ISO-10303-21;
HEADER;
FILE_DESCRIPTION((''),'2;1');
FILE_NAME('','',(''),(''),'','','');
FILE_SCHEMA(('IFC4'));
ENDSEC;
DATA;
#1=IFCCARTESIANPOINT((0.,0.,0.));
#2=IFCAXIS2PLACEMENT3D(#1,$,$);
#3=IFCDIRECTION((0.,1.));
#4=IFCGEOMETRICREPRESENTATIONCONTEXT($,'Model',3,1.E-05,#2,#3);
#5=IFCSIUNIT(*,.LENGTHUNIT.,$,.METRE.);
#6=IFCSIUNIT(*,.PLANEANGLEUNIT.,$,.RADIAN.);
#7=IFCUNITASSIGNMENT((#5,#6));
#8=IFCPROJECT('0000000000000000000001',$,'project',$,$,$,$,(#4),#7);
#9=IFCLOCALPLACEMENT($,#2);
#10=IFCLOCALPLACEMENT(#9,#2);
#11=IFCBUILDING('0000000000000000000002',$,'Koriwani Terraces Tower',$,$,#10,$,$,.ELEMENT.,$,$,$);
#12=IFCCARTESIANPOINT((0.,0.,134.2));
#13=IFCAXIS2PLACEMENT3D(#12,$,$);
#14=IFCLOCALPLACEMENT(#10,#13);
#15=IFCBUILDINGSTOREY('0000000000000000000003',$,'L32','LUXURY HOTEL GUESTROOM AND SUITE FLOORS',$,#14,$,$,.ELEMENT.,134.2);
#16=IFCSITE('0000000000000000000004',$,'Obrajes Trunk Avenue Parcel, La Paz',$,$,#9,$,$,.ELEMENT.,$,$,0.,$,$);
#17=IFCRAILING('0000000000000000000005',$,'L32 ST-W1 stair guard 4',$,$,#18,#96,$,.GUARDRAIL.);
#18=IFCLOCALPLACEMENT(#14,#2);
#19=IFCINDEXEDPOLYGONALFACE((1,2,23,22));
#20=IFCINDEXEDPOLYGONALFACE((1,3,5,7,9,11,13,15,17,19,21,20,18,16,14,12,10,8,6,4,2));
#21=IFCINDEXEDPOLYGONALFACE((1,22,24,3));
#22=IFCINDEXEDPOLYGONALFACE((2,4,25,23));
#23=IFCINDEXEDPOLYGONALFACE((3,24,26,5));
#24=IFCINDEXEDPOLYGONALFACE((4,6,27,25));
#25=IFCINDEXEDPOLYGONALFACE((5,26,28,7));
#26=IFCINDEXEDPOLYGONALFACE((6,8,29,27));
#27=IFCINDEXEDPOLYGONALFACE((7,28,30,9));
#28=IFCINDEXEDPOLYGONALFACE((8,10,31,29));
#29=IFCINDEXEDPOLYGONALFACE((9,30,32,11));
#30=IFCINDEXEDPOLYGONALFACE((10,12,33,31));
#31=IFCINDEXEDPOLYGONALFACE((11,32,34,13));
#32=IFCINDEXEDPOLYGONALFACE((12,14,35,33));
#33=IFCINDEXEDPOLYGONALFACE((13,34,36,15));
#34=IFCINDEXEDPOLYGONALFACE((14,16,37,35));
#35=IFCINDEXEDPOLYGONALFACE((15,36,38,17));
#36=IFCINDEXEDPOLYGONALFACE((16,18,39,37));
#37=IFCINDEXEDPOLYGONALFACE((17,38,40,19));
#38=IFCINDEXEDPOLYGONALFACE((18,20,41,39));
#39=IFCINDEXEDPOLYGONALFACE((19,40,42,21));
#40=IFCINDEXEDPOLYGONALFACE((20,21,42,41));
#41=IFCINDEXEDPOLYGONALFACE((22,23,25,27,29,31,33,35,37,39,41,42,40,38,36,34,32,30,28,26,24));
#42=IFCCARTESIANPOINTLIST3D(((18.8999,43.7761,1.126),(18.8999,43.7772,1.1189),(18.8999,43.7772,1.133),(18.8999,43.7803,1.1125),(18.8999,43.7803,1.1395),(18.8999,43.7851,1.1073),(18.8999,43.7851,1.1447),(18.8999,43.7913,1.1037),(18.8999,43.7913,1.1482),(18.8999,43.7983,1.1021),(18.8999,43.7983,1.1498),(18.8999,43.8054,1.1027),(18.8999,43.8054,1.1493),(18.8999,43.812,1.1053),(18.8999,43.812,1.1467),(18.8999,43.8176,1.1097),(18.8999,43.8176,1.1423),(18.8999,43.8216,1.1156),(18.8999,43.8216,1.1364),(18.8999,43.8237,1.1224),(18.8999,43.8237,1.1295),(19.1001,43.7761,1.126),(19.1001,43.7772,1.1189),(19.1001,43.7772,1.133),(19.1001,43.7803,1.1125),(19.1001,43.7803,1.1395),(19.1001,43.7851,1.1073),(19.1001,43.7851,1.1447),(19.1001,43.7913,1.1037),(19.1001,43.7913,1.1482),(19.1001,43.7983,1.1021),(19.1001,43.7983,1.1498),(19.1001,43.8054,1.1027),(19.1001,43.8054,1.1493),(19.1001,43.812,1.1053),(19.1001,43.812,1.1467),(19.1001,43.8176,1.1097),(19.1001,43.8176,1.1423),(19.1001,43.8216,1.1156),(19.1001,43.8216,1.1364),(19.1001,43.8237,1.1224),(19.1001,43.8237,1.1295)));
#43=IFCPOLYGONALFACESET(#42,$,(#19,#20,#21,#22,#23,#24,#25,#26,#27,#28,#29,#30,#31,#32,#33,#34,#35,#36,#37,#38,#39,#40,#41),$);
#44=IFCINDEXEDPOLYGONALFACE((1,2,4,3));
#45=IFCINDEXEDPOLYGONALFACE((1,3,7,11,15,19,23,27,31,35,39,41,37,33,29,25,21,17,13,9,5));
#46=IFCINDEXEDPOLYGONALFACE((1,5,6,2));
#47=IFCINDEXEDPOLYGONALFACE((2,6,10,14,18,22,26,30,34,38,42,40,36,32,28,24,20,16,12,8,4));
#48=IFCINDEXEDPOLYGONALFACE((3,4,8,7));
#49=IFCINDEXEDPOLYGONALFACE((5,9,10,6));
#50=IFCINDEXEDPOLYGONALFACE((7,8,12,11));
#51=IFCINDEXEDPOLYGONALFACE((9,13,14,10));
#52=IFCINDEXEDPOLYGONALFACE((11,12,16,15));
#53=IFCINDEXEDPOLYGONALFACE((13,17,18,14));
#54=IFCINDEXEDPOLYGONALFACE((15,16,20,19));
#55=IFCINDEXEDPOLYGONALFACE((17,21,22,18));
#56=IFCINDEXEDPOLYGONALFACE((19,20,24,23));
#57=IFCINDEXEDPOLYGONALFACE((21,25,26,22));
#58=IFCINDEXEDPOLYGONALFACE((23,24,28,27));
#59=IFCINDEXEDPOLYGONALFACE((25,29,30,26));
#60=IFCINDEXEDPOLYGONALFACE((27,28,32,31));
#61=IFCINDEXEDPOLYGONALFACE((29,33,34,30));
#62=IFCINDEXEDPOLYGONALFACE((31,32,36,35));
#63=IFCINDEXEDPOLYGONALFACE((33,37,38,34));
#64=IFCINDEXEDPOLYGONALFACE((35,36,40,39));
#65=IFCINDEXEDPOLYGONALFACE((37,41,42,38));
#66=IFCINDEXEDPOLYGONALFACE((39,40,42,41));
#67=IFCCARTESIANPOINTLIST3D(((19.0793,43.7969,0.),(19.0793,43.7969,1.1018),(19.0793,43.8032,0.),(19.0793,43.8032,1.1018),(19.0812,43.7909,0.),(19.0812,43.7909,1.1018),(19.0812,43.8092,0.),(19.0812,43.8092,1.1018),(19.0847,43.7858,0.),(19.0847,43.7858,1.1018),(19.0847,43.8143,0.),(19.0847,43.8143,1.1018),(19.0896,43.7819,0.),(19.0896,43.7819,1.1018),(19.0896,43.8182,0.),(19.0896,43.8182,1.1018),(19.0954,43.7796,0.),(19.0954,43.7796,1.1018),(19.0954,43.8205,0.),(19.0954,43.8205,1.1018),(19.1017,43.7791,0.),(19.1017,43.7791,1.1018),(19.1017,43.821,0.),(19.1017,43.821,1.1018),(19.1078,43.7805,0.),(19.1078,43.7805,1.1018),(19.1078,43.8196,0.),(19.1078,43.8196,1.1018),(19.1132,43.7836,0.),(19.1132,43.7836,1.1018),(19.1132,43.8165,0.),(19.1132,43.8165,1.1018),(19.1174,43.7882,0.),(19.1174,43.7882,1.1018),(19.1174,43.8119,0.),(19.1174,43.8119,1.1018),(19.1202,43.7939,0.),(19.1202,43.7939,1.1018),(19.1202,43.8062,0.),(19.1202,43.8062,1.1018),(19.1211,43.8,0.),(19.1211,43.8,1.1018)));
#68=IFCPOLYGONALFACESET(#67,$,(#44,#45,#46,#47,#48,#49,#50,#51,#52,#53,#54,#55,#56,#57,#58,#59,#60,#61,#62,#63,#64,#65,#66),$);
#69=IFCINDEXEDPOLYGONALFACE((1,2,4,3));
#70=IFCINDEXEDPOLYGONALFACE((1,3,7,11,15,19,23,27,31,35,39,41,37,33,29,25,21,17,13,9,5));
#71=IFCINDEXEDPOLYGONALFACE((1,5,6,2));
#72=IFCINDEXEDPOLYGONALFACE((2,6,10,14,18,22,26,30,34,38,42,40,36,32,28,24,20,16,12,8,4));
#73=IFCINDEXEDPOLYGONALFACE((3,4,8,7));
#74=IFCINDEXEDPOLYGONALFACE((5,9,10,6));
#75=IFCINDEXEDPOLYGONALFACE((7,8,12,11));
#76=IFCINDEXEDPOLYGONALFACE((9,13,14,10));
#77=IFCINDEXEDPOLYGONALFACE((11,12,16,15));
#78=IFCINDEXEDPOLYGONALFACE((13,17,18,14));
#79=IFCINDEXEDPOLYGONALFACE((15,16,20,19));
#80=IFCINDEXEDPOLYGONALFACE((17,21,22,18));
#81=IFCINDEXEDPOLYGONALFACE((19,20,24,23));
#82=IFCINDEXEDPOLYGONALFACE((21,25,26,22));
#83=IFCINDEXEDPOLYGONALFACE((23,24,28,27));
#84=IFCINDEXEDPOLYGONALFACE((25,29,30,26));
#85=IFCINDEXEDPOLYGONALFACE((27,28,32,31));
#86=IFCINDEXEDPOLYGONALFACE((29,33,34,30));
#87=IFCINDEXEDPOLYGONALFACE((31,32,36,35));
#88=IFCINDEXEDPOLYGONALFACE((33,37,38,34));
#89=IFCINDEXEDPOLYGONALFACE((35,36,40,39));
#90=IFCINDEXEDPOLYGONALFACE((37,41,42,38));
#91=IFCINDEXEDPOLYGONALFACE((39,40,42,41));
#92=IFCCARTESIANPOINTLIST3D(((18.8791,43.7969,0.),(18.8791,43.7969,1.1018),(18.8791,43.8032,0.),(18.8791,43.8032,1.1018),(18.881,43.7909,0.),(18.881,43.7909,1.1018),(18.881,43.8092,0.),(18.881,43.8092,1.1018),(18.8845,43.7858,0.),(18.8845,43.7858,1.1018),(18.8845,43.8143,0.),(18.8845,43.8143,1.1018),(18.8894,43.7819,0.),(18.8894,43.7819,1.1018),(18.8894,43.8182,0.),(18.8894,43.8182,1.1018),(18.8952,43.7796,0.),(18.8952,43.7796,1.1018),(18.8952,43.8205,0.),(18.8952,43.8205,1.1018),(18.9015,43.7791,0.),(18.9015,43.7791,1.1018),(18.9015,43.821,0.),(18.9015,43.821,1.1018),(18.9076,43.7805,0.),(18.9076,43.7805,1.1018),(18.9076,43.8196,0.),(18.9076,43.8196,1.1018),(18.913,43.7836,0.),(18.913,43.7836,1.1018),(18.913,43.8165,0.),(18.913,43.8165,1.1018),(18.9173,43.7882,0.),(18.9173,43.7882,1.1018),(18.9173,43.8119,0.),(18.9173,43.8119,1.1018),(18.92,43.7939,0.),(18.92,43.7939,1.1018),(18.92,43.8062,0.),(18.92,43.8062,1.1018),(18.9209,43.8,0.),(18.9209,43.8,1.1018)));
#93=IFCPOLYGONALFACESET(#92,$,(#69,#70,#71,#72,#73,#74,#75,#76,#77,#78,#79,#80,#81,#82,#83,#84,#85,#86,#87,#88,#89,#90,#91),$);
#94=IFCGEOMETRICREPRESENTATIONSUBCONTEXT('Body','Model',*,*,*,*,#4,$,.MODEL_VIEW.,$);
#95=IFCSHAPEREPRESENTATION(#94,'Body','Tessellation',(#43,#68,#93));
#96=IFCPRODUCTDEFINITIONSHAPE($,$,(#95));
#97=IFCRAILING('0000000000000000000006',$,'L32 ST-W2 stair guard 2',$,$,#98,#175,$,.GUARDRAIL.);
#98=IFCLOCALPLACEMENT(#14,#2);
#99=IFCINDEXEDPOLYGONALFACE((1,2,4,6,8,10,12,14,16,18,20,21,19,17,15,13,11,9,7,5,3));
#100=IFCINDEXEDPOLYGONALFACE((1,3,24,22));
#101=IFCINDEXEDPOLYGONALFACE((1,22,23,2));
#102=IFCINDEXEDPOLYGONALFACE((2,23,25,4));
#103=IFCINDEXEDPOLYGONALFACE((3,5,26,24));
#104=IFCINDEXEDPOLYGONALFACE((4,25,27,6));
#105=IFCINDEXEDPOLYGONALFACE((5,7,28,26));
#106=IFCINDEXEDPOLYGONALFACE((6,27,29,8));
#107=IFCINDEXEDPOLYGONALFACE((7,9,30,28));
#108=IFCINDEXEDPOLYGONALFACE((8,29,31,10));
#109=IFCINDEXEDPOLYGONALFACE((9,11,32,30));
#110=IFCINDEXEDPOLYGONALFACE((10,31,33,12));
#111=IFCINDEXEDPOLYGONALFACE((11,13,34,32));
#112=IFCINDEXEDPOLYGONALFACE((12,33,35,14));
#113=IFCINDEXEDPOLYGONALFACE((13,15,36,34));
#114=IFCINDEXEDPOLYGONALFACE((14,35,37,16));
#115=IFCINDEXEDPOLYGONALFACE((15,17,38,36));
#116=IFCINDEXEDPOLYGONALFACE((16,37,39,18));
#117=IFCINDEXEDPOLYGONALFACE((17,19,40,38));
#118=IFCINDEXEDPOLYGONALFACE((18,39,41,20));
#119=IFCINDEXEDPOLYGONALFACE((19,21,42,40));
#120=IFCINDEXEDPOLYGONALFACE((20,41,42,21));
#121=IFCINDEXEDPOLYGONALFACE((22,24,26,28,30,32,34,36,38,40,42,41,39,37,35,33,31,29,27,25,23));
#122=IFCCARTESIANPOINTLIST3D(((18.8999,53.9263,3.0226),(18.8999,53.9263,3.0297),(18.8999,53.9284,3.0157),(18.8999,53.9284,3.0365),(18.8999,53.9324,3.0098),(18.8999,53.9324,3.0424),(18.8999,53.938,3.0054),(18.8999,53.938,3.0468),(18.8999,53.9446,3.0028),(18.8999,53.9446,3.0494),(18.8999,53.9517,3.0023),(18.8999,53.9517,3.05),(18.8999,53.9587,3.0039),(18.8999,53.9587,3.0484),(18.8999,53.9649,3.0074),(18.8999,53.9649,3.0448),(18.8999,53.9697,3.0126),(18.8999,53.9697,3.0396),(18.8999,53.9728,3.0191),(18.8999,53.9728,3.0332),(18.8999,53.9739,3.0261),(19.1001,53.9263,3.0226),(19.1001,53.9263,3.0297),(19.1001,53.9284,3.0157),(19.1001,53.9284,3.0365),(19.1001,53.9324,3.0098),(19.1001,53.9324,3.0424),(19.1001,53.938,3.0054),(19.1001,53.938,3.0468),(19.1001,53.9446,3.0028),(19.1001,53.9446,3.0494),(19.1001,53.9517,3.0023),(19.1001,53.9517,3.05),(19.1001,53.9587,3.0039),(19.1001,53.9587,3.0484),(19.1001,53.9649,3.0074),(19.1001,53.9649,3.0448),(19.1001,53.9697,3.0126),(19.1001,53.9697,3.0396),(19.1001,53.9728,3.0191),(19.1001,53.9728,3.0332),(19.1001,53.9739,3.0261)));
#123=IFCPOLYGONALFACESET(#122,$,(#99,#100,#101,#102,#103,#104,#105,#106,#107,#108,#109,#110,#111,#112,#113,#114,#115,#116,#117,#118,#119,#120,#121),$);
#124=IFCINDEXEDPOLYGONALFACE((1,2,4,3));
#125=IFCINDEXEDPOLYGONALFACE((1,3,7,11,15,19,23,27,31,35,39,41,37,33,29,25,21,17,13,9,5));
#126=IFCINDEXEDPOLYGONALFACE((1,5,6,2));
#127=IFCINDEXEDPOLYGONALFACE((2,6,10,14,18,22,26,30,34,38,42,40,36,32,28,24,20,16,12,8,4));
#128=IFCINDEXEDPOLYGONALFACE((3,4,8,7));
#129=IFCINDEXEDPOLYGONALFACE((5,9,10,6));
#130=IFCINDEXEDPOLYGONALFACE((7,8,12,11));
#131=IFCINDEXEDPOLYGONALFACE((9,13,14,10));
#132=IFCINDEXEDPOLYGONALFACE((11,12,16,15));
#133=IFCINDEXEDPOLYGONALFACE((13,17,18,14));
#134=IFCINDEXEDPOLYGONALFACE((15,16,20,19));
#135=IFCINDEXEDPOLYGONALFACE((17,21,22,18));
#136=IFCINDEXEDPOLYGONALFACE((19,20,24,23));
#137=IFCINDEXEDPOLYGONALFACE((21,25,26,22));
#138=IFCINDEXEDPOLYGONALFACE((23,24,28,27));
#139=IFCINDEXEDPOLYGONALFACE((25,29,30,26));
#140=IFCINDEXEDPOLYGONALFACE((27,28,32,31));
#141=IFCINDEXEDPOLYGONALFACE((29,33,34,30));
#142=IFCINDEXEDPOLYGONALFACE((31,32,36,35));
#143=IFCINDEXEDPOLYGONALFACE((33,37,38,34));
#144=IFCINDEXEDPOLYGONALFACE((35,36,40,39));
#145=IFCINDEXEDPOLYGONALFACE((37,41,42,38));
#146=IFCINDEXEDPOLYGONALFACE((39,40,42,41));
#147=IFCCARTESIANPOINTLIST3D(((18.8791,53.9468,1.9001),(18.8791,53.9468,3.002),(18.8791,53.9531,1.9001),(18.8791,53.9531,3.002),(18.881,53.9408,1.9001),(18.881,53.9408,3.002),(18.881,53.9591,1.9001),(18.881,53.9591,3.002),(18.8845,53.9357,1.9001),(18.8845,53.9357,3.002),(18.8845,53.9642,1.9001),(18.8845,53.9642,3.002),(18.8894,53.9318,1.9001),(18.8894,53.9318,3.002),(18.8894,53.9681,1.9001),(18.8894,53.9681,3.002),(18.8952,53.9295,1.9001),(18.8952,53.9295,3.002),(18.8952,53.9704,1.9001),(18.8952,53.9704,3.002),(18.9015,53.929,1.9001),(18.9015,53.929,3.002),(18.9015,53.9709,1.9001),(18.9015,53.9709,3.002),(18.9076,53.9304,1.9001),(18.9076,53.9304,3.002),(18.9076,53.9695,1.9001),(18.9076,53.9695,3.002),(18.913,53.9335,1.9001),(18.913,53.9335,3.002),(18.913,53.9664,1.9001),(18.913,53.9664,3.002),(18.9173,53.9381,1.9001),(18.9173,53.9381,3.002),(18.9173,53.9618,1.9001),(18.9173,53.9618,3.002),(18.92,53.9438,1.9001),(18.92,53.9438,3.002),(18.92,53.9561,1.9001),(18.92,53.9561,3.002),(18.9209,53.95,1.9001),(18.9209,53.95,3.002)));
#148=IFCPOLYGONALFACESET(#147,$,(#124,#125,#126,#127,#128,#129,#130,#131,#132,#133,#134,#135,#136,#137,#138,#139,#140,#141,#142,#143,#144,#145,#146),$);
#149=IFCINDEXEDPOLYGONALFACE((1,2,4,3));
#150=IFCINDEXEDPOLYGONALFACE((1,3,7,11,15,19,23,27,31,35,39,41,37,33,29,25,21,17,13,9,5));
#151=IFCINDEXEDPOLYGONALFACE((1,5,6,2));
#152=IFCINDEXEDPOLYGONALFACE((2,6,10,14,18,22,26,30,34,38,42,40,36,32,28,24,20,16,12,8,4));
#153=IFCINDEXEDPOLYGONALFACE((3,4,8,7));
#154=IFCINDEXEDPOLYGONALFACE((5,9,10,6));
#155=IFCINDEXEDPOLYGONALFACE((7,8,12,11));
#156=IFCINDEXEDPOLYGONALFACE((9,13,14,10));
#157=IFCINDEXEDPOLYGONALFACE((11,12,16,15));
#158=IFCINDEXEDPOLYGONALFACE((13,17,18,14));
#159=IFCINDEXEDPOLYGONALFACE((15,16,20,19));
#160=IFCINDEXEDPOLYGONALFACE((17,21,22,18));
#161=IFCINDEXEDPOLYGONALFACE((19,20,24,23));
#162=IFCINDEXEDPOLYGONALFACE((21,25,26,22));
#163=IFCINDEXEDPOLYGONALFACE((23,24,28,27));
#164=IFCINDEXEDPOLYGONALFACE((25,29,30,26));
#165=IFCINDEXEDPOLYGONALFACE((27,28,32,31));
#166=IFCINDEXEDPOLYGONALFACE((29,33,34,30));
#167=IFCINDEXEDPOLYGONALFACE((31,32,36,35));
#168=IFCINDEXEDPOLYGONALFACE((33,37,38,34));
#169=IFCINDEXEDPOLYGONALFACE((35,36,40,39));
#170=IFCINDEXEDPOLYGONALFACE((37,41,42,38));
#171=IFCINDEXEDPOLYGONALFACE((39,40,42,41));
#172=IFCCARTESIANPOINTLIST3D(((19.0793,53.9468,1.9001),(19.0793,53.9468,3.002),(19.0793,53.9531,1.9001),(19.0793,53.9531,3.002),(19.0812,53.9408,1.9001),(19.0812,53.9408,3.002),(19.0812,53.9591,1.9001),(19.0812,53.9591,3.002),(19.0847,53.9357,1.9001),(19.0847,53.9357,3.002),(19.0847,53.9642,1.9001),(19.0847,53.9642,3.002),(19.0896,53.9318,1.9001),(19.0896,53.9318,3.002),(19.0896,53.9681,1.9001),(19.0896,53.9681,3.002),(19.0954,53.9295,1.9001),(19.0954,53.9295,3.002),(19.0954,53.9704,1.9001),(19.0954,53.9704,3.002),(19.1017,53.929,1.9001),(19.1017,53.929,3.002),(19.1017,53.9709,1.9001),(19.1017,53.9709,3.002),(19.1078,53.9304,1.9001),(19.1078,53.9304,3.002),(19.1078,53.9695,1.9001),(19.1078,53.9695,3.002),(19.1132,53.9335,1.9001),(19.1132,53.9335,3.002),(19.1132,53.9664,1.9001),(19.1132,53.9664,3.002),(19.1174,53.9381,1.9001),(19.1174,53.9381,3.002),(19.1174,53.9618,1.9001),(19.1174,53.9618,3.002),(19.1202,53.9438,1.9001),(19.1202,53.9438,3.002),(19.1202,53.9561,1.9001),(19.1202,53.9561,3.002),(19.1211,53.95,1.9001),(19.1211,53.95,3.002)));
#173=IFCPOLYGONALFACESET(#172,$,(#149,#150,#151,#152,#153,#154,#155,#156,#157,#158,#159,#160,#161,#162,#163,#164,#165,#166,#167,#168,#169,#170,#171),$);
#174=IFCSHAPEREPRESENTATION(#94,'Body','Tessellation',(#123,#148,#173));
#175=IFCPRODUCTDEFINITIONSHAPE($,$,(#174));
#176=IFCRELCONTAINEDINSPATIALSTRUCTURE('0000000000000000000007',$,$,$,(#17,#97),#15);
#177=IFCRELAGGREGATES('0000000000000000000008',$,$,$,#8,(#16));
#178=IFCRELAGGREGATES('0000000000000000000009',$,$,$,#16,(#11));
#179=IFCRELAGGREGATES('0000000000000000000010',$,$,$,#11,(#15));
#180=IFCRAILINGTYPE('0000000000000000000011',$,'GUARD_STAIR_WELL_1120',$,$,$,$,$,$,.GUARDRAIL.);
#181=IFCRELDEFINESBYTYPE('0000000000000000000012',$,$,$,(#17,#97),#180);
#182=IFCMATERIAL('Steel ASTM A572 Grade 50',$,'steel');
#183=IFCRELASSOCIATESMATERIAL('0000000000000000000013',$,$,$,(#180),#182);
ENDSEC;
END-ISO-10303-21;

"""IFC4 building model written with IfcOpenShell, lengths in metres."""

from ifc_helpers import new_model, si_unit, direction, frame, origin, origin_2d, place, context, subcontext, project, spatial, circle, extrude, material, type_object, element, save


model = new_model("IFC4")

# Units and contexts
model_context = context("Model", 3, precision=1e-05, world=origin(), true_north=direction((0.0, 1.0)))
body_context = subcontext(model_context, "Body", "Model", "MODEL_VIEW")
ifc_project = project(units=[si_unit("LENGTHUNIT", "METRE"), si_unit("PLANEANGLEUNIT", "RADIAN")], contexts=[model_context])

# Site, building, storey
site_placement = place(None, origin())
site = spatial("IfcSite", under=ifc_project, at=site_placement, Name="Obrajes Trunk Avenue Parcel, La Paz", CompositionType="ELEMENT", RefElevation=0.0)
building_placement = place(site_placement, origin())
building = spatial("IfcBuilding", under=site, at=building_placement, Name="Koriwani Terraces Tower", CompositionType="ELEMENT")
storey_placement = place(building_placement, frame((0.0, 0.0, 134.2)))
storey = spatial("IfcBuildingStorey", under=building, at=storey_placement, Name="L32", Description="LUXURY HOTEL GUESTROOM AND SUITE FLOORS", CompositionType="ELEMENT", Elevation=134.2)

# Shared definitions
ifc_material_1 = material(Name="Steel ASTM A572 Grade 50", Category="steel")

# Railings
railing_type_1 = type_object("IfcRailingType", Name="GUARD_STAIR_WELL_1120", PredefinedType="GUARDRAIL", material=ifc_material_1)
railing_1_placement = place(storey_placement, frame((19.1001, 43.8, 0.0)))
element("IfcRailing", 1, at=railing_1_placement, inside=storey, type_object=railing_type_1, Name="L32 ST-W1 stair guard 4", PredefinedType="GUARDRAIL", context=body_context, shape_type="SweptSolid", body=[
    extrude(circle(Radius=0.0239, at=origin_2d()), frame((0.0, 0.0, 1.126), z_axis=(-1.0, 0.0, 0.0), x_axis=(0.0, -1.0, 0.0)), (0.0, 0.0, 1.0), 0.2002),
    extrude(circle(Radius=0.021, at=origin_2d()), origin(), (0.0, 0.0, 1.0), 1.1018),
    extrude(circle(Radius=0.021, at=origin_2d()), frame((-0.2002, 0.0, 0.0)), (0.0, 0.0, 1.0), 1.1018),
])
railing_2_placement = place(storey_placement, frame((18.8999, 53.95, 1.9001)))
element("IfcRailing", 2, at=railing_2_placement, inside=storey, type_object=railing_type_1, Name="L32 ST-W2 stair guard 2", PredefinedType="GUARDRAIL", context=body_context, shape_type="SweptSolid", body=[
    extrude(circle(Radius=0.0239, at=origin_2d()), frame((0.0, 0.0, 1.126), z_axis=(1.0, 0.0, 0.0), x_axis=(0.0, 1.0, 0.0)), (0.0, 0.0, 1.0), 0.2002),
    extrude(circle(Radius=0.021, at=origin_2d()), origin(), (0.0, 0.0, 1.0), 1.1018),
    extrude(circle(Radius=0.021, at=origin_2d()), frame((0.2002, 0.0, 0.0)), (0.0, 0.0, 1.0), 1.1018),
])

save(model, "model.ifc")
